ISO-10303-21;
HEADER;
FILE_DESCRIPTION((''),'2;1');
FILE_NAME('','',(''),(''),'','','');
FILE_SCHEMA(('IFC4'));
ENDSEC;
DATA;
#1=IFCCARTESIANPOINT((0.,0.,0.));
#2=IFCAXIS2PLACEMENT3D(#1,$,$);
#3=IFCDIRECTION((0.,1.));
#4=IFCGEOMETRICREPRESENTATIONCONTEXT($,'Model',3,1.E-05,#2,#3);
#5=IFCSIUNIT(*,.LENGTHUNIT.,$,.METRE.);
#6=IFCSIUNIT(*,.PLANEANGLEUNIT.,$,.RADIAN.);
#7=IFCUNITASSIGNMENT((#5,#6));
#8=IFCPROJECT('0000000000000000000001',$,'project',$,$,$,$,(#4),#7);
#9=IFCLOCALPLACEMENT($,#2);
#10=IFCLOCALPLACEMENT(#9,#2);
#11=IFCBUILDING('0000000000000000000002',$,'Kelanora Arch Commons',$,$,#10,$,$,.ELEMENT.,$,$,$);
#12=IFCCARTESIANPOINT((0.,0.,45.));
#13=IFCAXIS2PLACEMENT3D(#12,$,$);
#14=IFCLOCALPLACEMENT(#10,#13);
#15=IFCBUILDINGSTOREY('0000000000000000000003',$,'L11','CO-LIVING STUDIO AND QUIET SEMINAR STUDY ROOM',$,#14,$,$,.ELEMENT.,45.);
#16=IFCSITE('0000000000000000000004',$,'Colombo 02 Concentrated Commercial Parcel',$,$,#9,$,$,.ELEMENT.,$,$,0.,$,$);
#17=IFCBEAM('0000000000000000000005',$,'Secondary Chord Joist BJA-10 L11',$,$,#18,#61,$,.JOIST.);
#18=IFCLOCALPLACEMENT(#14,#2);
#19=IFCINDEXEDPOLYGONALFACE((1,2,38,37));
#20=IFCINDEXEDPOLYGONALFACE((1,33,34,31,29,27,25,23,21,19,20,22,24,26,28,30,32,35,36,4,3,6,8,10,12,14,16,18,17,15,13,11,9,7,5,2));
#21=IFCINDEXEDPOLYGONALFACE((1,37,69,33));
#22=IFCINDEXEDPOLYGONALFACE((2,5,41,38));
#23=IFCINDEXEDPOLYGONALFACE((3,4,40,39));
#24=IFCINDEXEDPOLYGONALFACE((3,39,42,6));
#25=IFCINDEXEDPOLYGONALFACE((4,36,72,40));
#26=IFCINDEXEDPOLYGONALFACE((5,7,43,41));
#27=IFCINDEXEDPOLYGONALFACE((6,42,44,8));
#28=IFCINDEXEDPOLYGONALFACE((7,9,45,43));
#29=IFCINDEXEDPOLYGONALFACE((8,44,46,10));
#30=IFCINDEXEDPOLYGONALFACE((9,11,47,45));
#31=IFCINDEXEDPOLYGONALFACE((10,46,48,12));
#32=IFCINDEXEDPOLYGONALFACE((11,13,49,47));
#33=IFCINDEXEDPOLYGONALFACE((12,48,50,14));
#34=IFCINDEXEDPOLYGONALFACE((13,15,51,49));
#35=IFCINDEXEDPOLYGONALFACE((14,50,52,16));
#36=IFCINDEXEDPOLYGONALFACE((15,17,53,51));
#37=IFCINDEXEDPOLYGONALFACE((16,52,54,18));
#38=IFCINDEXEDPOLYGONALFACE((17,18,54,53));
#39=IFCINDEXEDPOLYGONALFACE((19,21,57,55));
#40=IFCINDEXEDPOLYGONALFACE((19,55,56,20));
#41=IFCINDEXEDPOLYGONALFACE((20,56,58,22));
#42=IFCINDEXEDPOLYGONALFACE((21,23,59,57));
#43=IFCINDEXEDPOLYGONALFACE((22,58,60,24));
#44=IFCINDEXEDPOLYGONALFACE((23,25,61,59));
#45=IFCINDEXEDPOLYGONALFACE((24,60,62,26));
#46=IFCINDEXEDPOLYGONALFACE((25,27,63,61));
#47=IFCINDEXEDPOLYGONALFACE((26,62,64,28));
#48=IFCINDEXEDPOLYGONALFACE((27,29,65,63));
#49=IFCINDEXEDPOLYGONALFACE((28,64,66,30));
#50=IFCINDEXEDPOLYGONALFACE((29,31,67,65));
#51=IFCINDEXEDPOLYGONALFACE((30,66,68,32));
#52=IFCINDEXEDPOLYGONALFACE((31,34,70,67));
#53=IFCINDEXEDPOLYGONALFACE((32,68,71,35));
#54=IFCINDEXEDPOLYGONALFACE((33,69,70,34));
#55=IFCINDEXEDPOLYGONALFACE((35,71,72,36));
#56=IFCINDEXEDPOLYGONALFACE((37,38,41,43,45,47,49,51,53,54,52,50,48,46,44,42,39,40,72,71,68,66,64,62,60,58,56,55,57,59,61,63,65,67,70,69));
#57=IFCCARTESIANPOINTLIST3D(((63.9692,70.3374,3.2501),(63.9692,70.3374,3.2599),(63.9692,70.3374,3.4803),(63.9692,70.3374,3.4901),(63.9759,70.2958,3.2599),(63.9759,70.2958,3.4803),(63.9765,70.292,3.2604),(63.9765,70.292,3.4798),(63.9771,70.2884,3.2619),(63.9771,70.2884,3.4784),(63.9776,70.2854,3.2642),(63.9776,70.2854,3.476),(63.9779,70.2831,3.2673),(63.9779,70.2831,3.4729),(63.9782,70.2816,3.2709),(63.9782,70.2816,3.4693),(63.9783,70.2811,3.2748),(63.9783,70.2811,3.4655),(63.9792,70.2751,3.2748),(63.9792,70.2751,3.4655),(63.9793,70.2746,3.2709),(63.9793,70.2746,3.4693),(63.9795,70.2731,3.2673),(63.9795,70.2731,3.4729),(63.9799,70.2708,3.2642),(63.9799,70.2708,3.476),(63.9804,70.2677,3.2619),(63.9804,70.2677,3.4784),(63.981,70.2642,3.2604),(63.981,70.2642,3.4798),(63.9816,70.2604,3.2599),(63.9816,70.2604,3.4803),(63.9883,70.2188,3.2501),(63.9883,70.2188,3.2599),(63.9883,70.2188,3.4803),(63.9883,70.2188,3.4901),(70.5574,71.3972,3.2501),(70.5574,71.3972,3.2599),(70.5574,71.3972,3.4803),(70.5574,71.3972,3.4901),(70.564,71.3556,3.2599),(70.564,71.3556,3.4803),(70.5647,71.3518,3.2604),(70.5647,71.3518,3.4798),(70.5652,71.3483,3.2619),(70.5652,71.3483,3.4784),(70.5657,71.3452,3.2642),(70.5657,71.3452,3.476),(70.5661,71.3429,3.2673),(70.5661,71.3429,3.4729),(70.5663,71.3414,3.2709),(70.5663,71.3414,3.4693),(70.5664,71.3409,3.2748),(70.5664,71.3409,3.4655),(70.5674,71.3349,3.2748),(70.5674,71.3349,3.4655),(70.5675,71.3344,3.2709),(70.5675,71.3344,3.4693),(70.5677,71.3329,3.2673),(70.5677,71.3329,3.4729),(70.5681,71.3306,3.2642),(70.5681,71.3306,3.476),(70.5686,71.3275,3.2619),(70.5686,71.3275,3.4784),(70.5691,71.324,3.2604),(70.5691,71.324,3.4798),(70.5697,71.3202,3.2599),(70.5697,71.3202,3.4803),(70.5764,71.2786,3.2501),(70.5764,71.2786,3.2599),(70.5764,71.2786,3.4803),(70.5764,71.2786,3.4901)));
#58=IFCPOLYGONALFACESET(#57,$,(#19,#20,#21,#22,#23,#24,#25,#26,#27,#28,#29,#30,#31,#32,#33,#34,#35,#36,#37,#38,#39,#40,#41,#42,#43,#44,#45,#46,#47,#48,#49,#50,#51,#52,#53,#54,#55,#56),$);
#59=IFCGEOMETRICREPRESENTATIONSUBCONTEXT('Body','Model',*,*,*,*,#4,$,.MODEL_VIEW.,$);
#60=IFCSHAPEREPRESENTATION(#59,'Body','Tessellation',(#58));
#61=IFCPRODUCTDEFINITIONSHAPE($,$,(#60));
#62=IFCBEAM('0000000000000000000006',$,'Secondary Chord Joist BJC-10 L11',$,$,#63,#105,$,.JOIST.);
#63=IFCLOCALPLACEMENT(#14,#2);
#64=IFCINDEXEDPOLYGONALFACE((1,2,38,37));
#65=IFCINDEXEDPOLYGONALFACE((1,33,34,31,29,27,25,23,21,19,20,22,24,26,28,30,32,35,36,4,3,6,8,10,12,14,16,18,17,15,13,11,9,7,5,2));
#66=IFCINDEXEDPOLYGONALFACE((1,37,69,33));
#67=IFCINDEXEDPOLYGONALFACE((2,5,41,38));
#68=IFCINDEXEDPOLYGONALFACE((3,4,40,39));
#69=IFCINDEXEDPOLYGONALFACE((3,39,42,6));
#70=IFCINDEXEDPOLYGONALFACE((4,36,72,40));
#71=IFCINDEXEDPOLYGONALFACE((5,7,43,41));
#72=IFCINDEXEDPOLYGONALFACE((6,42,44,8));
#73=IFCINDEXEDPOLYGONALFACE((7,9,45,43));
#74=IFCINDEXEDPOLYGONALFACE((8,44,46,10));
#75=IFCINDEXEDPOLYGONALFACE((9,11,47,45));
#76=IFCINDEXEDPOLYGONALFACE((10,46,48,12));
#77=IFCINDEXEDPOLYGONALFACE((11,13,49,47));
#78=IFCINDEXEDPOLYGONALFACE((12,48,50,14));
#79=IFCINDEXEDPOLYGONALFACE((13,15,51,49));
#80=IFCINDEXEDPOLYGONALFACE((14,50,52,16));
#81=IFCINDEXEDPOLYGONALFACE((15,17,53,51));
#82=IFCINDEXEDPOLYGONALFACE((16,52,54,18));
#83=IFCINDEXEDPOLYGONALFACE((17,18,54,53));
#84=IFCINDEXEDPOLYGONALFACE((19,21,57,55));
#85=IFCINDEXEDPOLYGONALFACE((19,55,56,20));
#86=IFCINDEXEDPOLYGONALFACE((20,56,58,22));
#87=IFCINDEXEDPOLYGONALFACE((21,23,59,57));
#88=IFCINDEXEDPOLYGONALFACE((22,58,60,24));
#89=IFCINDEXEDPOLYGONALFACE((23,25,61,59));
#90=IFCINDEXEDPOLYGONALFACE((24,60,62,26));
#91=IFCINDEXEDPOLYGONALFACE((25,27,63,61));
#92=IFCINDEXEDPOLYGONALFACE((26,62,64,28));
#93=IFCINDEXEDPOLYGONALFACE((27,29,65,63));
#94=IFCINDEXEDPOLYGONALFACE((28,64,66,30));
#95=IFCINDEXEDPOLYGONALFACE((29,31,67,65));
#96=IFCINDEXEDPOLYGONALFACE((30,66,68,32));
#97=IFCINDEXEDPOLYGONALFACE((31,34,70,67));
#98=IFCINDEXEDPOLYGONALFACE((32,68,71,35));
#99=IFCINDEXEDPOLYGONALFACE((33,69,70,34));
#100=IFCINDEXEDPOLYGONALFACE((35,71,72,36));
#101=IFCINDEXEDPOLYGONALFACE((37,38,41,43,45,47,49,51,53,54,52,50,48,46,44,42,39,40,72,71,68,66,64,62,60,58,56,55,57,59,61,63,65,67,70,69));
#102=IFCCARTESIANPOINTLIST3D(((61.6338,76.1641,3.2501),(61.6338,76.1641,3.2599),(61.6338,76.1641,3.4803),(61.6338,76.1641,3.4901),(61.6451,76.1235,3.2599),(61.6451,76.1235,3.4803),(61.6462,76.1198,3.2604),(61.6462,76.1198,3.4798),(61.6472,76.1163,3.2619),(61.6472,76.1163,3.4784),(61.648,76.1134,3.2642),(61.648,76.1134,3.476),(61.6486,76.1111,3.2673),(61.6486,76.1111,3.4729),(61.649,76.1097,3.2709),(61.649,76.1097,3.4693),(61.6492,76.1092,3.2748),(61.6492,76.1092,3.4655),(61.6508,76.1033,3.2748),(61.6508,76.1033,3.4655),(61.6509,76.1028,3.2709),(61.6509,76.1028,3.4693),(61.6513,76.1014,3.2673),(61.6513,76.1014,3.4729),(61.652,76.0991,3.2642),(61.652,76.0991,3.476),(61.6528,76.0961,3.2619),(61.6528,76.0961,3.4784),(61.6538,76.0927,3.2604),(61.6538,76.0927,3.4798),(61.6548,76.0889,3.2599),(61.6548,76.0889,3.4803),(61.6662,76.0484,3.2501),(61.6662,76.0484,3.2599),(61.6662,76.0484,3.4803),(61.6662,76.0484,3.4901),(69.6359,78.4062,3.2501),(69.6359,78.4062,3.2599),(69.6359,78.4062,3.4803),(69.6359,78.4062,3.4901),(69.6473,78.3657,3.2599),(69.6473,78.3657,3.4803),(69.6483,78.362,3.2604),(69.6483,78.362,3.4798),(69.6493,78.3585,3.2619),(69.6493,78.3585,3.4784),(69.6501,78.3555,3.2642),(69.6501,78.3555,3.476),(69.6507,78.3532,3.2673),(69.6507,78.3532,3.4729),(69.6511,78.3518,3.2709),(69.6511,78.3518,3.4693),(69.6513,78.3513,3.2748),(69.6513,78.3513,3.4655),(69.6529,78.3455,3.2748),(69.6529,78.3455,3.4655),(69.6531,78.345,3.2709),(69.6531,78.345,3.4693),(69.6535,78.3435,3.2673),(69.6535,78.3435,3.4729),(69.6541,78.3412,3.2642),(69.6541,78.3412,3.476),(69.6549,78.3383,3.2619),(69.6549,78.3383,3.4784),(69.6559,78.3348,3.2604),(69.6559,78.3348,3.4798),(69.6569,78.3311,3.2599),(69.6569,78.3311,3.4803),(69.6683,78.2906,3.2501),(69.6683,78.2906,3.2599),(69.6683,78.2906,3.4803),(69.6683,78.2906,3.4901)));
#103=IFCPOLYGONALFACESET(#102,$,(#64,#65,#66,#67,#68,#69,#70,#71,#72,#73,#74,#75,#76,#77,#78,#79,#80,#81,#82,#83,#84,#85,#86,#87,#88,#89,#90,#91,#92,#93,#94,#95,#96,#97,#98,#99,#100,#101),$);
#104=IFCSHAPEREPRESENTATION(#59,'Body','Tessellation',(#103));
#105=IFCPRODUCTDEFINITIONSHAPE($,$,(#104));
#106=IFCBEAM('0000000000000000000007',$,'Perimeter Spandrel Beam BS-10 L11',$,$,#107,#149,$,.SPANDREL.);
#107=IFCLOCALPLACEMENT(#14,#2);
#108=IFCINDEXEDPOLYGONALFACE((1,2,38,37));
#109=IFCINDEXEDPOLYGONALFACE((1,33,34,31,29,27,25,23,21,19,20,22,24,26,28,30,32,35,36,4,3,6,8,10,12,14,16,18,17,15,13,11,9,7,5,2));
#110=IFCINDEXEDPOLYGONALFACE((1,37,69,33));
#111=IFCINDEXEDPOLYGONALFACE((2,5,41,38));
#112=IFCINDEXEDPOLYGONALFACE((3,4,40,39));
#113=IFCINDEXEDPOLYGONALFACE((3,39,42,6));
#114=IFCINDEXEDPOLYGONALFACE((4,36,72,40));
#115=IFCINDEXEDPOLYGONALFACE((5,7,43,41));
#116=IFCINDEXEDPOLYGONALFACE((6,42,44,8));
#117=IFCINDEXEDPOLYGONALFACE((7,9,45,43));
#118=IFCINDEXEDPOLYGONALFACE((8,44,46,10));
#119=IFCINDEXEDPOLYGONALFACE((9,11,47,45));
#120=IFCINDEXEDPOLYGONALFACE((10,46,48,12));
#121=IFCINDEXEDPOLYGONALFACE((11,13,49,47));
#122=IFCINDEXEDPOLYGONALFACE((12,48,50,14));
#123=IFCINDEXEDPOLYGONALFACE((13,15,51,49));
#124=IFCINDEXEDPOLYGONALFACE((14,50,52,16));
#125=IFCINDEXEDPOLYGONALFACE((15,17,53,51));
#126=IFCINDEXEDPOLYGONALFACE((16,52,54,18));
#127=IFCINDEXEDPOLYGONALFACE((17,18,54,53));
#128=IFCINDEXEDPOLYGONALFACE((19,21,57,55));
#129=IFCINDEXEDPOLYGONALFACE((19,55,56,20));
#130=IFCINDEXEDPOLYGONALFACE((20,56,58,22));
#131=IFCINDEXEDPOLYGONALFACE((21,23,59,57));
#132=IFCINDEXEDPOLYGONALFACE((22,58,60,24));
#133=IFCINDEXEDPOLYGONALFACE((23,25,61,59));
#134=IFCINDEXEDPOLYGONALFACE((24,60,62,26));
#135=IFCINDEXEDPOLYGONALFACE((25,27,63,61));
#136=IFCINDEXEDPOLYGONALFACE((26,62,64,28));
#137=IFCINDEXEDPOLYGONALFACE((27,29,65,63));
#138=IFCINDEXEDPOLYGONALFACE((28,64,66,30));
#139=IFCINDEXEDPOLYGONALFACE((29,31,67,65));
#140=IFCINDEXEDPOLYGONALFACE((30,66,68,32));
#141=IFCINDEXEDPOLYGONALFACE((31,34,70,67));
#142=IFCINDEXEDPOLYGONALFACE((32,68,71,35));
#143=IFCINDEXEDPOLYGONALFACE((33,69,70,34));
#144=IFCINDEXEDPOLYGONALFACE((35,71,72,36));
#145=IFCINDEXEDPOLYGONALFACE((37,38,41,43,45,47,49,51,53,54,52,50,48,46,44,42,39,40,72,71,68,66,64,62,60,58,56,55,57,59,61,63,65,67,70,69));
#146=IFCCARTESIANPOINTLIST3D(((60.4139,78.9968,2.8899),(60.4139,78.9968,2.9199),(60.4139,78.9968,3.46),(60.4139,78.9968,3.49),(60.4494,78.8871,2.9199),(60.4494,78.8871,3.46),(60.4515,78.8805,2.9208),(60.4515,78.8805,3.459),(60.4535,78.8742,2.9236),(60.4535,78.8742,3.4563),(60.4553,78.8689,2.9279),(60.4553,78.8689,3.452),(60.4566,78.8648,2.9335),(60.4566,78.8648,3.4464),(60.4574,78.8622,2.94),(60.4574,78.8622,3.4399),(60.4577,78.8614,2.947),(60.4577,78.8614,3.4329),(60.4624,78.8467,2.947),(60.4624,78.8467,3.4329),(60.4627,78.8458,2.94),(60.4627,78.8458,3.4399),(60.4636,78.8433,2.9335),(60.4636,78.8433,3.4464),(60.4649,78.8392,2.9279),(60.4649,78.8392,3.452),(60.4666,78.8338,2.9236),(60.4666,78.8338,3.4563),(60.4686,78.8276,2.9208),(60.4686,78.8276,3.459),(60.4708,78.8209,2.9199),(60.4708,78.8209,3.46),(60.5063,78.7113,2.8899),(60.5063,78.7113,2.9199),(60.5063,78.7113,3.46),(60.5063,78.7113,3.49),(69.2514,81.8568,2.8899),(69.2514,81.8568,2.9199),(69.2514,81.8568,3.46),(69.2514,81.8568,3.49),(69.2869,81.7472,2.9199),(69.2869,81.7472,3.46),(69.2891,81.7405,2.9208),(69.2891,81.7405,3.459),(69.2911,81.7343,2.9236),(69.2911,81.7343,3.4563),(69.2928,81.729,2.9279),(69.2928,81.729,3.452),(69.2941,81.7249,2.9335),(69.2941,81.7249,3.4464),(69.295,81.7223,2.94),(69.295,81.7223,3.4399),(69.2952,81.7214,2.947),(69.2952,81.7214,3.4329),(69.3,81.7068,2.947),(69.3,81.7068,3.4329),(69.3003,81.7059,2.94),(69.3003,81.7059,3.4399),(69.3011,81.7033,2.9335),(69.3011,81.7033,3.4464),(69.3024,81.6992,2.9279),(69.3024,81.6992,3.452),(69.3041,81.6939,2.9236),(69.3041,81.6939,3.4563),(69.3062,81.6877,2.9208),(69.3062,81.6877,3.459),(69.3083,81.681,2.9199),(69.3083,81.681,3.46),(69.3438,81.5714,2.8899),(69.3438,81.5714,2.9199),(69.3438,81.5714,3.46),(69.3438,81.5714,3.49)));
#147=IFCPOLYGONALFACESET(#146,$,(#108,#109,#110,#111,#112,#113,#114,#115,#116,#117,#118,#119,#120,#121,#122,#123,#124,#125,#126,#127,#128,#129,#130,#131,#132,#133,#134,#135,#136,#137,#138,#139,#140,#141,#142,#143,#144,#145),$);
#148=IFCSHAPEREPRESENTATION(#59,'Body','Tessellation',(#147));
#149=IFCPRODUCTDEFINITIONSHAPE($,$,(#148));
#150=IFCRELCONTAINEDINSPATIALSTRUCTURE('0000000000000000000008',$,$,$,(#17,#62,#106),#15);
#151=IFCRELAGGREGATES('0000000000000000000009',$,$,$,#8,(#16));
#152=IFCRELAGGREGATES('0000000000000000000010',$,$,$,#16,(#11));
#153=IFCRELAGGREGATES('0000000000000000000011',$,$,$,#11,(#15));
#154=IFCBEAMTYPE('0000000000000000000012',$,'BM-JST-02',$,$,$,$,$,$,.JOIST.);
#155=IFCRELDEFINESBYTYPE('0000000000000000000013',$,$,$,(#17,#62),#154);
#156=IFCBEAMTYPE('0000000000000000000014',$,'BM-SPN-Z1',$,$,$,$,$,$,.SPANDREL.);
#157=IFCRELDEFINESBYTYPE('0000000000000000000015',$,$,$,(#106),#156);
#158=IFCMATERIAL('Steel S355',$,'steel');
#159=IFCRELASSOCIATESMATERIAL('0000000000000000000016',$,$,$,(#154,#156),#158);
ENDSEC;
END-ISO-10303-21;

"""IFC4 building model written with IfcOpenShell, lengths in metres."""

from ifc_helpers import new_model, si_unit, direction, frame, origin, origin_2d, place, context, subcontext, project, spatial, i_section, extrude, material, material_profile, profile_set, type_object, element, save


model = new_model("IFC4")

# Units and contexts
model_context = context("Model", 3, precision=1e-05, world=origin(), true_north=direction((0.0, 1.0)))
body_context = subcontext(model_context, "Body", "Model", "MODEL_VIEW")
ifc_project = project(units=[si_unit("LENGTHUNIT", "METRE"), si_unit("PLANEANGLEUNIT", "RADIAN")], contexts=[model_context])

# Site, building, storey
site_placement = place(None, origin())
site = spatial("IfcSite", under=ifc_project, at=site_placement, Name="Colombo 02 Concentrated Commercial Parcel", CompositionType="ELEMENT", RefElevation=0.0)
building_placement = place(site_placement, origin())
building = spatial("IfcBuilding", under=site, at=building_placement, Name="Kelanora Arch Commons", CompositionType="ELEMENT")
storey_placement = place(building_placement, frame((0.0, 0.0, 45.0)))
storey = spatial("IfcBuildingStorey", under=building, at=storey_placement, Name="L11", Description="CO-LIVING STUDIO AND QUIET SEMINAR STUDY ROOM", CompositionType="ELEMENT", Elevation=45.0)

# Beams
ifc_material_1 = material(Name="Steel S355", Category="steel")
ifc_material_profile_1 = material_profile(ifc_material_1, i_section(OverallWidth=0.1201, OverallDepth=0.24, WebThickness=0.0061, FlangeThickness=0.0098, FilletRadius=0.0149, at=origin_2d()), Name="IPE240")
ifc_profile_set_1 = profile_set([ifc_material_profile_1], Name="Steel S355")
beam_type_1 = type_object("IfcBeamType", Name="BM-JST-02", PredefinedType="JOIST", material=ifc_profile_set_1)
beam_1_placement = place(storey_placement, frame((70.5669, 71.3379, 3.3701), z_axis=(-0.987307, -0.158825, 0.0), x_axis=(0.158825, -0.987307, 0.0)))
element("IfcBeam", 1, at=beam_1_placement, inside=storey, type_object=beam_type_1, Name="Secondary Chord Joist BJA-10 L11", PredefinedType="JOIST", context=body_context, shape_type="SweptSolid", body=[
    extrude(i_section(OverallWidth=0.1201, OverallDepth=0.24, WebThickness=0.0061, FlangeThickness=0.0098, FilletRadius=0.0149, at=origin_2d()), origin(), (0.0, 0.0, 1.0), 6.6729),
])
beam_2_placement = place(storey_placement, frame((69.6521, 78.3484, 3.3701), z_axis=(-0.962915, -0.269805, 0.0), x_axis=(0.269805, -0.962915, 0.0)))
element("IfcBeam", 2, at=beam_2_placement, inside=storey, type_object=beam_type_1, Name="Secondary Chord Joist BJC-10 L11", PredefinedType="JOIST", context=body_context, shape_type="SweptSolid", body=[
    extrude(i_section(OverallWidth=0.1201, OverallDepth=0.24, WebThickness=0.0061, FlangeThickness=0.0098, FilletRadius=0.0149, at=origin_2d()), origin(), (0.0, 0.0, 1.0), 8.3103),
])
ifc_material_profile_2 = material_profile(ifc_material_1, i_section(OverallWidth=0.3, OverallDepth=0.6001, WebThickness=0.0154, FlangeThickness=0.03, FilletRadius=0.0271, at=origin_2d()), Name="HEB600")
ifc_profile_set_2 = profile_set([ifc_material_profile_2], Name="Steel S355")
beam_type_2 = type_object("IfcBeamType", Name="BM-SPN-Z1", PredefinedType="SPANDREL", material=ifc_profile_set_2)
beam_3_placement = place(storey_placement, frame((69.2976, 81.7141, 3.1899), z_axis=(-0.951417, -0.307905, 0.0), x_axis=(0.307905, -0.951417, 0.0)))
element("IfcBeam", 3, at=beam_3_placement, inside=storey, type_object=beam_type_2, Name="Perimeter Spandrel Beam BS-10 L11", PredefinedType="SPANDREL", context=body_context, shape_type="SweptSolid", body=[
    extrude(i_section(OverallWidth=0.3, OverallDepth=0.6001, WebThickness=0.0154, FlangeThickness=0.03, FilletRadius=0.0271, at=origin_2d()), origin(), (0.0, 0.0, 1.0), 9.2888),
])

save(model, "model.ifc")
